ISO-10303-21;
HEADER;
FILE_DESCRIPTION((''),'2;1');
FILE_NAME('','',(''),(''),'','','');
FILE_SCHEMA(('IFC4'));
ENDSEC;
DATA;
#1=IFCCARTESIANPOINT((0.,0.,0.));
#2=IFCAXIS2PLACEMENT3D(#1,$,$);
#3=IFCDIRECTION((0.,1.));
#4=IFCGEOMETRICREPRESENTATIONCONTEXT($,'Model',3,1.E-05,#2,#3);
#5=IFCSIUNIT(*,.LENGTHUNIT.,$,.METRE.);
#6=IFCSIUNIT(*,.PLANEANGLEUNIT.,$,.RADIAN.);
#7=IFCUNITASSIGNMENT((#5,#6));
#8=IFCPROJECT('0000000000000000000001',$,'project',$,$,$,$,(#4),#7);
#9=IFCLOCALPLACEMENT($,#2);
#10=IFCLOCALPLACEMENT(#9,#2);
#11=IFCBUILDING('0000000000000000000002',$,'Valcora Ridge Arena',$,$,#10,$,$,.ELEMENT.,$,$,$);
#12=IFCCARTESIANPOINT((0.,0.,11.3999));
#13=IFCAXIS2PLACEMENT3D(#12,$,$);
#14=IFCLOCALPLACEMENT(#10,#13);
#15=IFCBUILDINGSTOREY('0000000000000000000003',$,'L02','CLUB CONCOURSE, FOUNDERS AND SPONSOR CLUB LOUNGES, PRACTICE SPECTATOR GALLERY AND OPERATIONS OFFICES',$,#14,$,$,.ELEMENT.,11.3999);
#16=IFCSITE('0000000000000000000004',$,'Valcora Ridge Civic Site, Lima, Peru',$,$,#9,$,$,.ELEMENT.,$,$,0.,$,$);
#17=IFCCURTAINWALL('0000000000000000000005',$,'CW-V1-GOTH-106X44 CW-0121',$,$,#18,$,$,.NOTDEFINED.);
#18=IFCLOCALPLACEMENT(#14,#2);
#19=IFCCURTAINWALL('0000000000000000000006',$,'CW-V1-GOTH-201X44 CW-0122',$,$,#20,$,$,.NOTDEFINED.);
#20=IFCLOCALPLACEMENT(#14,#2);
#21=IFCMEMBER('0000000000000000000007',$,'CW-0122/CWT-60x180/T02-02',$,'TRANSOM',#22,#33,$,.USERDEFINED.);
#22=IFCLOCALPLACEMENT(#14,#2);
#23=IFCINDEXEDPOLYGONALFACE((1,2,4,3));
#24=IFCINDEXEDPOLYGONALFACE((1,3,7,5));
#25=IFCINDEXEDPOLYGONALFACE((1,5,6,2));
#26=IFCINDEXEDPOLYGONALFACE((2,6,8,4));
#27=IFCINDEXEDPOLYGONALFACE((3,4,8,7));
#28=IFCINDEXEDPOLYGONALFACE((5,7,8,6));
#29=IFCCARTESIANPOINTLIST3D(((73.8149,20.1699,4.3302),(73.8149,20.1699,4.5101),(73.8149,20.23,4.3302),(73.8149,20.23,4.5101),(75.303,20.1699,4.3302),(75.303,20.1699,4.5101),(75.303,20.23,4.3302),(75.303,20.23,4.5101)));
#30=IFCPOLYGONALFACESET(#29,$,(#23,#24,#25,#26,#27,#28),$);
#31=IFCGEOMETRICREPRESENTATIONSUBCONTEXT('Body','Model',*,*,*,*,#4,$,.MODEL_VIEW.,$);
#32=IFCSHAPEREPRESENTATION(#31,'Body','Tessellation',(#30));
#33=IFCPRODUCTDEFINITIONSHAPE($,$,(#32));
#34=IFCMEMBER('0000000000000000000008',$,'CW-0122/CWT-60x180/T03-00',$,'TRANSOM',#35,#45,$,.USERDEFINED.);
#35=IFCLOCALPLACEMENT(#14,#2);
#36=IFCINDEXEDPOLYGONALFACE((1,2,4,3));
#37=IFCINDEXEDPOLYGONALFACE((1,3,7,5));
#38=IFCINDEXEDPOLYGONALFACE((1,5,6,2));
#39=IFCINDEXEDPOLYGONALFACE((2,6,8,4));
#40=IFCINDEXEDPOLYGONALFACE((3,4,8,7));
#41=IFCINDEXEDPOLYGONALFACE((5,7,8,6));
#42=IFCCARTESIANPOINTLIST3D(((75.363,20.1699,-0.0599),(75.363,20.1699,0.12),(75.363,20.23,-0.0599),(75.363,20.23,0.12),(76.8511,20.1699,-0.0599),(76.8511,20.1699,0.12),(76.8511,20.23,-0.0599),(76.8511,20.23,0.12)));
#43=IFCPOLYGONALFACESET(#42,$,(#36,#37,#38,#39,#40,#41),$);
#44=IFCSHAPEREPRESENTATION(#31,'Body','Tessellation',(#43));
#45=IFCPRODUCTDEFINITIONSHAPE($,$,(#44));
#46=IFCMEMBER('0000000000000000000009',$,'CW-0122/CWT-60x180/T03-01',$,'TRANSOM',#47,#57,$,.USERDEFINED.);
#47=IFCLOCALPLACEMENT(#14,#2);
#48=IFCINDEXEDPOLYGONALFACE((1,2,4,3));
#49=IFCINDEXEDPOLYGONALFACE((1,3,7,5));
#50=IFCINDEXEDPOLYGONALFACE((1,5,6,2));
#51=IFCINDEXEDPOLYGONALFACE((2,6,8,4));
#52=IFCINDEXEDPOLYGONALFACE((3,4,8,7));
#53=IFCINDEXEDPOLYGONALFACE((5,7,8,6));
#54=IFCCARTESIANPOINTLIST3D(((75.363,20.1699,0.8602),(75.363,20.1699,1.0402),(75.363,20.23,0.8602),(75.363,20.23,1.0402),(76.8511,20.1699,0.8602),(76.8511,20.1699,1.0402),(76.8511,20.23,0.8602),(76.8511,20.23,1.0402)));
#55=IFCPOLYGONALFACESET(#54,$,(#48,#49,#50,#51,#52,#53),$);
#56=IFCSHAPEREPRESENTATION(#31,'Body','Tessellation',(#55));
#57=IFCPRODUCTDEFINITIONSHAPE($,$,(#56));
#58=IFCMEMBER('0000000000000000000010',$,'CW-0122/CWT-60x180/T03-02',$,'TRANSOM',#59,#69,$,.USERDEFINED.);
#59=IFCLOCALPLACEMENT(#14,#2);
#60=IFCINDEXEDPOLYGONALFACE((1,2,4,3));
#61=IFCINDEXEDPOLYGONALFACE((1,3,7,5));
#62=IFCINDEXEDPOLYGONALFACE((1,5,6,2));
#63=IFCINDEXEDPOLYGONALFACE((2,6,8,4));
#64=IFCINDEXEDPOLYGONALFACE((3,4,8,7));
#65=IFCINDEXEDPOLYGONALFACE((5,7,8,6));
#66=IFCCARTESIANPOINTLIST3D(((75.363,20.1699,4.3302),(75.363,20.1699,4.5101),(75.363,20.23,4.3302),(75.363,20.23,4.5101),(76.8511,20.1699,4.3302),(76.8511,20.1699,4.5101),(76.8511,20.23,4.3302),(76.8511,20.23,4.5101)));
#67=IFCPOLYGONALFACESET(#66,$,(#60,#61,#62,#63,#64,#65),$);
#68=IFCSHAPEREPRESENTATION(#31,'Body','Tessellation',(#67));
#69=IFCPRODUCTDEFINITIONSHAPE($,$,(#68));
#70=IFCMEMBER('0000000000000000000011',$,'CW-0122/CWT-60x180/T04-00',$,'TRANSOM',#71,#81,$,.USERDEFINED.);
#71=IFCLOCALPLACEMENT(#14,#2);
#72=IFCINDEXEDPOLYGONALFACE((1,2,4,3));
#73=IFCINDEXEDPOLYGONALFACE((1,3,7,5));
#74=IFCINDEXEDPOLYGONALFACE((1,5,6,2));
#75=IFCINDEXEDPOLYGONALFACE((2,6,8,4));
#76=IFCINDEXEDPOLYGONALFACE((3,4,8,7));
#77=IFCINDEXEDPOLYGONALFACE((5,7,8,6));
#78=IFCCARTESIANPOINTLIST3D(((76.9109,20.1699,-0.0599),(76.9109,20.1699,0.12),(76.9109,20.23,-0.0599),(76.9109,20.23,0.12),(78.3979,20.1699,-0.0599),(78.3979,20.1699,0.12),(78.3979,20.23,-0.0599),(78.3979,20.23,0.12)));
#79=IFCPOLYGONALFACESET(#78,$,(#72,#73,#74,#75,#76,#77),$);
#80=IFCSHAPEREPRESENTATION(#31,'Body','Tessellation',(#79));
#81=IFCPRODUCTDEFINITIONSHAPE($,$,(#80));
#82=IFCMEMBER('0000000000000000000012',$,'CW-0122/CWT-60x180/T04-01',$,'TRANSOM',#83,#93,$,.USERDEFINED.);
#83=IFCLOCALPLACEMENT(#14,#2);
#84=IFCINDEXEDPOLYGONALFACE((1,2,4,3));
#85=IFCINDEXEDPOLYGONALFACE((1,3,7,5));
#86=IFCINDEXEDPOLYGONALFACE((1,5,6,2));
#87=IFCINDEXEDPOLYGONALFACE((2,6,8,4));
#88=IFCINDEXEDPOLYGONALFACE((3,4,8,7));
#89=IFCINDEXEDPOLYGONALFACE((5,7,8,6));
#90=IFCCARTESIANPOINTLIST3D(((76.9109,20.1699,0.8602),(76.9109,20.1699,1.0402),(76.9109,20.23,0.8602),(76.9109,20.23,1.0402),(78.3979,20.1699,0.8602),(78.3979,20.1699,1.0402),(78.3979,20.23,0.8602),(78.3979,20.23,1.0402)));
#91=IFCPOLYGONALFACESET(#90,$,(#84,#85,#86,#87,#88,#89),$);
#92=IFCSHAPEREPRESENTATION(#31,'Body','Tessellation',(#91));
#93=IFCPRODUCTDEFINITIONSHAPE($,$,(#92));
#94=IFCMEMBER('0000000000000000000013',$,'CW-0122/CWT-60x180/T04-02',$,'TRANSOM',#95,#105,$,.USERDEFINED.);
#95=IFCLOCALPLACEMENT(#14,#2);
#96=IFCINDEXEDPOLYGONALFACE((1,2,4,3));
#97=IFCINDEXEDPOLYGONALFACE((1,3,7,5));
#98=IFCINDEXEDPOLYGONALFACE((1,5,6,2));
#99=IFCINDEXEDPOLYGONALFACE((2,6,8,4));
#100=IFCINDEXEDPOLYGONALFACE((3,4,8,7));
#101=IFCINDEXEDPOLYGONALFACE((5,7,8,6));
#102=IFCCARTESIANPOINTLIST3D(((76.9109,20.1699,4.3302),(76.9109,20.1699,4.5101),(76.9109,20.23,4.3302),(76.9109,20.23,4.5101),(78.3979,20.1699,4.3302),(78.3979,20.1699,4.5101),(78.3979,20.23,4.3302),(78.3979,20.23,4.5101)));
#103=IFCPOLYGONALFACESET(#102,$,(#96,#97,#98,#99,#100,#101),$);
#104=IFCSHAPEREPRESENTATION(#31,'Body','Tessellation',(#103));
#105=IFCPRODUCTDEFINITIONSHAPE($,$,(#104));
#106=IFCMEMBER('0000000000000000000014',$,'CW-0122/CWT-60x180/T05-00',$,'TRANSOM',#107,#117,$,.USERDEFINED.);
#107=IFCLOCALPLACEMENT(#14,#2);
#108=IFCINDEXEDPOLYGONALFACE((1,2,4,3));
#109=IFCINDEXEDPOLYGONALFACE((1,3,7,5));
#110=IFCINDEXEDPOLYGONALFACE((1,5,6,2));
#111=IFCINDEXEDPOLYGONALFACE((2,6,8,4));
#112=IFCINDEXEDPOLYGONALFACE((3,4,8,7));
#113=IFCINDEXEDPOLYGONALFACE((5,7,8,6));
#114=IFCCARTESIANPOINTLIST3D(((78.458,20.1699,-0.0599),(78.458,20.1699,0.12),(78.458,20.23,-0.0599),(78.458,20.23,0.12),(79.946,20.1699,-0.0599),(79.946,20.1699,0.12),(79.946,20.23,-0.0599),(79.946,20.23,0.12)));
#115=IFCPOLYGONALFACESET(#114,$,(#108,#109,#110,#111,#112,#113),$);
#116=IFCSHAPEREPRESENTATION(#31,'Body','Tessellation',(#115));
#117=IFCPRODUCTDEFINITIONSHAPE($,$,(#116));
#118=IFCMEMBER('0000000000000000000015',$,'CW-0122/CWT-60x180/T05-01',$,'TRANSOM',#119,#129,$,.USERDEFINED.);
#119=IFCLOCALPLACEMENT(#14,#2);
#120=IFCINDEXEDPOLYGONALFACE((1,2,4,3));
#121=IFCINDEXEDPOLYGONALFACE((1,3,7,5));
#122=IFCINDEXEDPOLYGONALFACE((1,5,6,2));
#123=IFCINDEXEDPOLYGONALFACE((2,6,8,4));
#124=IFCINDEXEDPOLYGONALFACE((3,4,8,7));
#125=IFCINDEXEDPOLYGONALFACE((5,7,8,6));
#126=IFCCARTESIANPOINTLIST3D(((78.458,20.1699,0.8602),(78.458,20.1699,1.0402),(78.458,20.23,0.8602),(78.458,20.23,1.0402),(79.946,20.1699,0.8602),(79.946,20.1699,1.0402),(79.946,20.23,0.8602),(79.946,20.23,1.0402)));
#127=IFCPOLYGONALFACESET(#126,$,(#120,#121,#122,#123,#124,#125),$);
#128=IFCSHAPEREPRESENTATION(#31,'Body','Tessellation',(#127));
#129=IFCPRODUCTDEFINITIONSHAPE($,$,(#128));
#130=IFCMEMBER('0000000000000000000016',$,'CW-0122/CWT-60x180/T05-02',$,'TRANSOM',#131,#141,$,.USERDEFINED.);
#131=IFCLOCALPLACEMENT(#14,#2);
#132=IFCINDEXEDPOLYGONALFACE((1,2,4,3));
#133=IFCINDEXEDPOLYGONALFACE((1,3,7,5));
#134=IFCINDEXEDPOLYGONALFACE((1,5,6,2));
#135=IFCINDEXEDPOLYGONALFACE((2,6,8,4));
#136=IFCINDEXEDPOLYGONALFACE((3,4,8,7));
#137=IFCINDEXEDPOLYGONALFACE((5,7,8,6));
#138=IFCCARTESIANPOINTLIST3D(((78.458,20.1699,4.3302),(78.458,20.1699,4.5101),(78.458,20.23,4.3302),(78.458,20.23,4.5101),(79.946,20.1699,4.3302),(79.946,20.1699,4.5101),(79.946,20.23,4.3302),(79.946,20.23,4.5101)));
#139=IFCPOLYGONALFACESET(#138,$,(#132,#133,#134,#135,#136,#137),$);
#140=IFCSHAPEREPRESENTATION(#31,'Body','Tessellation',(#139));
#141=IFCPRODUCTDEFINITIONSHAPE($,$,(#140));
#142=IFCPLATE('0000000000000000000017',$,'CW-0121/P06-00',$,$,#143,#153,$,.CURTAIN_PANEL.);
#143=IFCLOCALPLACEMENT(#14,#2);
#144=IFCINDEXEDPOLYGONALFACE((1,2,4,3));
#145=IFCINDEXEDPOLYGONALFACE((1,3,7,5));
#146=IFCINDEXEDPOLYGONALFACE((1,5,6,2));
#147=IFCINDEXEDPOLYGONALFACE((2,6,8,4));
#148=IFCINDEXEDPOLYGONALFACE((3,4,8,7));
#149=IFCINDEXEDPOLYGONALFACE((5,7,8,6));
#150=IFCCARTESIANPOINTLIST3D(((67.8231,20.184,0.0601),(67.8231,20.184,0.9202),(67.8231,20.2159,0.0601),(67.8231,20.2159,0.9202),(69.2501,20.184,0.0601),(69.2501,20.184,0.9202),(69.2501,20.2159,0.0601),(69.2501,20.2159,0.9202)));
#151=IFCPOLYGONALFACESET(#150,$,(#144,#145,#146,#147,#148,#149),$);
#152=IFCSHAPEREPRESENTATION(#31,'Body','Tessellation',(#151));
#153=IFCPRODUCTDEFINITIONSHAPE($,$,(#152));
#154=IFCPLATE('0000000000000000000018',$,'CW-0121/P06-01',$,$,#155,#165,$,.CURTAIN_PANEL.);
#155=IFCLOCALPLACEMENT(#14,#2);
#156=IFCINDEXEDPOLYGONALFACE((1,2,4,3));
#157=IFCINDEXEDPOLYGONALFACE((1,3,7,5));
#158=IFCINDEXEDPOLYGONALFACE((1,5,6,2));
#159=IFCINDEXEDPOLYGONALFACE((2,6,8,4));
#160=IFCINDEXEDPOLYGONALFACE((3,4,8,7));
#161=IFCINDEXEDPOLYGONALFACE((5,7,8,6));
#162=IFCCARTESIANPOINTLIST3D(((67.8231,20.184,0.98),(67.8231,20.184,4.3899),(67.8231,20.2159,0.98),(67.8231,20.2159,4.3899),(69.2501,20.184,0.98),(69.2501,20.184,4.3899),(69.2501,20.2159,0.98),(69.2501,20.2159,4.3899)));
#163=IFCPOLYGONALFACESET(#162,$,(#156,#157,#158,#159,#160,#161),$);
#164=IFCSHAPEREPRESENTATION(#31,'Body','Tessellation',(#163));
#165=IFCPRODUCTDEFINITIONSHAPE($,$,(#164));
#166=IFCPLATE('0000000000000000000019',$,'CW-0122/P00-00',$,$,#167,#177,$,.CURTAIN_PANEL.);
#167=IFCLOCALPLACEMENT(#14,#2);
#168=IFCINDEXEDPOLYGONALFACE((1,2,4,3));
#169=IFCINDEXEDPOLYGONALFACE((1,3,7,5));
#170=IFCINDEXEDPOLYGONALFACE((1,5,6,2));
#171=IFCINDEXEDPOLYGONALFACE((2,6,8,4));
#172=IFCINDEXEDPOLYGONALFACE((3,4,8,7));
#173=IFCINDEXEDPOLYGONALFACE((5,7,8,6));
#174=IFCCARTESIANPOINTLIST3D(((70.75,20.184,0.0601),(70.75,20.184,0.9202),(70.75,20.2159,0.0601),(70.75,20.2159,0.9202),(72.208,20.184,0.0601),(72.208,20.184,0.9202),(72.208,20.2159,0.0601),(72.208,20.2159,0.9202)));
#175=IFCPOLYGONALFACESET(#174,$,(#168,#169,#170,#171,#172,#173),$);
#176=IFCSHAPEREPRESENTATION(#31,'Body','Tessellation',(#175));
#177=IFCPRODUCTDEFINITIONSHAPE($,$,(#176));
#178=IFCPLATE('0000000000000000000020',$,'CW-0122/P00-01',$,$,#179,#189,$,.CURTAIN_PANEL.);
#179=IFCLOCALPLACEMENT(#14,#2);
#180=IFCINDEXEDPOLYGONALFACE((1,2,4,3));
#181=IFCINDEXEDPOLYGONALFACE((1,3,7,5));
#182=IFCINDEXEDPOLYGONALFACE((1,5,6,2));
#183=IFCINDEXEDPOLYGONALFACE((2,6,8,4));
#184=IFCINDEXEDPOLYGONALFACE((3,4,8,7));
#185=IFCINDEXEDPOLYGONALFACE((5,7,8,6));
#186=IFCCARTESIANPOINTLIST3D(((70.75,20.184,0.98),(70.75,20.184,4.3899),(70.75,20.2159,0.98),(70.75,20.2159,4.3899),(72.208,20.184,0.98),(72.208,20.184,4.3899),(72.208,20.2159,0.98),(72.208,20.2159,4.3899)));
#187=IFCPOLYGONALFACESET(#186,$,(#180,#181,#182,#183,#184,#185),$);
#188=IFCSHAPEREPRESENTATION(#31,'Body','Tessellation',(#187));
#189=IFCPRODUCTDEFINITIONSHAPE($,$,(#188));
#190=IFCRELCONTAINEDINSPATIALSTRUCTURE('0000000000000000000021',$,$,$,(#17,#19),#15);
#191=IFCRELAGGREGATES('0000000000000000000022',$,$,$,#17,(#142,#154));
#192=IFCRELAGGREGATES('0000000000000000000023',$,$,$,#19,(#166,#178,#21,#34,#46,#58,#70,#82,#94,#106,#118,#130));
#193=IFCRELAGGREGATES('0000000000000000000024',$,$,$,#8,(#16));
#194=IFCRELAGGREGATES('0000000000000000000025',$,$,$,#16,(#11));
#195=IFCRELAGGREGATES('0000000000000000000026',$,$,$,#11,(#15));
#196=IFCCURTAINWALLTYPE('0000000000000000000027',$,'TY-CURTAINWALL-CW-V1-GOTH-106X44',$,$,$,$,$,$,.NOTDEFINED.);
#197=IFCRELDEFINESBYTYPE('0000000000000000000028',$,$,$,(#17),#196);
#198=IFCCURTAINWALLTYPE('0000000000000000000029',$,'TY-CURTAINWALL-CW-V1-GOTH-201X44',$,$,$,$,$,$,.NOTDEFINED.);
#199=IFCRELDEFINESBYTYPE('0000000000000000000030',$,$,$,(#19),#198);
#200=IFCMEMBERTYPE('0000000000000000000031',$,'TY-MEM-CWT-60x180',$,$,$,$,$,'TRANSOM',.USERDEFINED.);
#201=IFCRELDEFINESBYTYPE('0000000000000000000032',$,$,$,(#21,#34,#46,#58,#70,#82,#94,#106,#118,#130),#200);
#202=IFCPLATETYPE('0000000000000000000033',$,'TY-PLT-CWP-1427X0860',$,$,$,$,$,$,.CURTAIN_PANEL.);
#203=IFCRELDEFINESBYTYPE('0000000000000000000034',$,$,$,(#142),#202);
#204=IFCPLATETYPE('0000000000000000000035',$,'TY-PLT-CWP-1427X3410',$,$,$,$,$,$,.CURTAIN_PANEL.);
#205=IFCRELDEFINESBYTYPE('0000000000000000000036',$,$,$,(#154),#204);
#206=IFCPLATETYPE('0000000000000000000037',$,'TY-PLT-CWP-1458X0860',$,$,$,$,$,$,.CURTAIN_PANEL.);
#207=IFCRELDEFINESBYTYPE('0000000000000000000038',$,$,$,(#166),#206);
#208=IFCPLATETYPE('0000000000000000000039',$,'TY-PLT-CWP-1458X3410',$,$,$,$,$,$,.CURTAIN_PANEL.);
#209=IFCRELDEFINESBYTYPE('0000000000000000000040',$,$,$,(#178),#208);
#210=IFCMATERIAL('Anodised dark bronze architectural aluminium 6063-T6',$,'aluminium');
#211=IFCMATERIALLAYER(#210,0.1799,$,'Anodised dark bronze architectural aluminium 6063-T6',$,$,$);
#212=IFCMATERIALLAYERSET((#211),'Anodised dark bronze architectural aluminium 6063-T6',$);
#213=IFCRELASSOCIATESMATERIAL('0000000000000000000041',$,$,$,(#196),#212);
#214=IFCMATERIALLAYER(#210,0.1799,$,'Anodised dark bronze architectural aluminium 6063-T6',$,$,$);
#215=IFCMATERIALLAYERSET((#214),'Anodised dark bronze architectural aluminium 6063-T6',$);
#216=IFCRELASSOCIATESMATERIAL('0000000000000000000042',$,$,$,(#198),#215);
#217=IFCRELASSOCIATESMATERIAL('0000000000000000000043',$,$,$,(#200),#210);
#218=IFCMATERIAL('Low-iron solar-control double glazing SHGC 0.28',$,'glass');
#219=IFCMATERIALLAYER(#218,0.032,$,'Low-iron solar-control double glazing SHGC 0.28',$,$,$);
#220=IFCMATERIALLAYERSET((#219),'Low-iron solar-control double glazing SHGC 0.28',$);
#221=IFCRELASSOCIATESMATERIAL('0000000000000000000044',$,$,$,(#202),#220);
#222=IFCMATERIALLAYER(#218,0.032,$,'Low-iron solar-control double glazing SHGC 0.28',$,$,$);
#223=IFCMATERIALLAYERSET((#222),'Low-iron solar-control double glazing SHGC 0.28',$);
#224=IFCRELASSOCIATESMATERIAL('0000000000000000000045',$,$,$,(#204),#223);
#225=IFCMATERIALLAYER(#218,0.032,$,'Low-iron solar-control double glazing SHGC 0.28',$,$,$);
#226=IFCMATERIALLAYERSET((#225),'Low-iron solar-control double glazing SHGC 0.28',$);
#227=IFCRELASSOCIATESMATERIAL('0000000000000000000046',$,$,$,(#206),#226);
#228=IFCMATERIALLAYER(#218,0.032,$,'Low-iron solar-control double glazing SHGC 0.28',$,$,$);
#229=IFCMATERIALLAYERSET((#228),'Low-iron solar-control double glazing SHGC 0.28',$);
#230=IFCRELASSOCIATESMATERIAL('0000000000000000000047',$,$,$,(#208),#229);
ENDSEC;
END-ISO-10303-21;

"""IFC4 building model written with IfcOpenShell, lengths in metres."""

from ifc_helpers import new_model, si_unit, direction, frame, origin, origin_2d, place, context, subcontext, project, spatial, rectangle, extrude, material, layer, layer_set, material_profile, profile_set, type_object, element, aggregate, save


model = new_model("IFC4")

# Units and contexts
model_context = context("Model", 3, precision=1e-05, world=origin(), true_north=direction((0.0, 1.0)))
body_context = subcontext(model_context, "Body", "Model", "MODEL_VIEW")
ifc_project = project(units=[si_unit("LENGTHUNIT", "METRE"), si_unit("PLANEANGLEUNIT", "RADIAN")], contexts=[model_context])

# Site, building, storey
site_placement = place(None, origin())
site = spatial("IfcSite", under=ifc_project, at=site_placement, Name="Valcora Ridge Civic Site, Lima, Peru", CompositionType="ELEMENT", RefElevation=0.0)
building_placement = place(site_placement, origin())
building = spatial("IfcBuilding", under=site, at=building_placement, Name="Valcora Ridge Arena", CompositionType="ELEMENT")
storey_placement = place(building_placement, frame((0.0, 0.0, 11.3999)))
storey = spatial("IfcBuildingStorey", under=building, at=storey_placement, Name="L02", Description="CLUB CONCOURSE, FOUNDERS AND SPONSOR CLUB LOUNGES, PRACTICE SPECTATOR GALLERY AND OPERATIONS OFFICES", CompositionType="ELEMENT", Elevation=11.3999)

# Curtain wall
ifc_material_1 = material(Name="Anodised dark bronze architectural aluminium 6063-T6", Category="aluminium")
ifc_layer_1 = layer(ifc_material_1, 0.1799, Name="Anodised dark bronze architectural aluminium 6063-T6")
ifc_layer_set_1 = layer_set([ifc_layer_1], Name="Anodised dark bronze architectural aluminium 6063-T6")
curtain_wall_type_1 = type_object("IfcCurtainWallType", Name="TY-CURTAINWALL-CW-V1-GOTH-106X44", PredefinedType="NOTDEFINED", material=ifc_layer_set_1)
curtain_wall_1_placement = place(storey_placement, origin())
curtain_wall_1 = element("IfcCurtainWall", 1, at=curtain_wall_1_placement, inside=storey, type_object=curtain_wall_type_1, Name="CW-V1-GOTH-106X44 CW-0121", PredefinedType="NOTDEFINED")

# Curtain wall, members
ifc_layer_2 = layer(ifc_material_1, 0.1799, Name="Anodised dark bronze architectural aluminium 6063-T6")
ifc_layer_set_2 = layer_set([ifc_layer_2], Name="Anodised dark bronze architectural aluminium 6063-T6")
curtain_wall_type_2 = type_object("IfcCurtainWallType", Name="TY-CURTAINWALL-CW-V1-GOTH-201X44", PredefinedType="NOTDEFINED", material=ifc_layer_set_2)
curtain_wall_2_placement = place(storey_placement, origin())
curtain_wall_2 = element("IfcCurtainWall", 2, at=curtain_wall_2_placement, inside=storey, type_object=curtain_wall_type_2, Name="CW-V1-GOTH-201X44 CW-0122", PredefinedType="NOTDEFINED")
ifc_material_profile_1 = material_profile(ifc_material_1, rectangle(XDim=0.0601, YDim=0.1799, at=origin_2d()), Name="ALU TRANSOM 60x180")
ifc_profile_set_1 = profile_set([ifc_material_profile_1], Name="Anodised dark bronze architectural aluminium 6063-T6")
member_type_1 = type_object("IfcMemberType", Name="TY-MEM-CWT-60x180", ElementType="TRANSOM", PredefinedType="USERDEFINED", material=ifc_profile_set_1)
member_1_placement = place(storey_placement, frame((73.8149, 20.2, 4.4202), z_axis=(1.0, 0.0, 0.0), x_axis=(0.0, 1.0, 0.0)))
member_1 = element("IfcMember", 3, at=member_1_placement, type_object=member_type_1, Name="CW-0122/CWT-60x180/T02-02", ObjectType="TRANSOM", PredefinedType="USERDEFINED", context=body_context, shape_type="SweptSolid", body=[
    extrude(rectangle(XDim=0.0601, YDim=0.1799, at=origin_2d()), origin(), (0.0, 0.0, 1.0), 1.488),
])
member_2_placement = place(storey_placement, frame((75.363, 20.2, 0.03), z_axis=(1.0, 0.0, 0.0), x_axis=(0.0, 1.0, 0.0)))
member_2 = element("IfcMember", 4, at=member_2_placement, type_object=member_type_1, Name="CW-0122/CWT-60x180/T03-00", ObjectType="TRANSOM", PredefinedType="USERDEFINED", context=body_context, shape_type="SweptSolid", body=[
    extrude(rectangle(XDim=0.0601, YDim=0.1799, at=origin_2d()), origin(), (0.0, 0.0, 1.0), 1.488),
])
member_3_placement = place(storey_placement, frame((75.363, 20.2, 0.9502), z_axis=(1.0, 0.0, 0.0), x_axis=(0.0, 1.0, 0.0)))
member_3 = element("IfcMember", 5, at=member_3_placement, type_object=member_type_1, Name="CW-0122/CWT-60x180/T03-01", ObjectType="TRANSOM", PredefinedType="USERDEFINED", context=body_context, shape_type="SweptSolid", body=[
    extrude(rectangle(XDim=0.0601, YDim=0.1799, at=origin_2d()), origin(), (0.0, 0.0, 1.0), 1.488),
])
member_4_placement = place(storey_placement, frame((75.363, 20.2, 4.4202), z_axis=(1.0, 0.0, 0.0), x_axis=(0.0, 1.0, 0.0)))
member_4 = element("IfcMember", 6, at=member_4_placement, type_object=member_type_1, Name="CW-0122/CWT-60x180/T03-02", ObjectType="TRANSOM", PredefinedType="USERDEFINED", context=body_context, shape_type="SweptSolid", body=[
    extrude(rectangle(XDim=0.0601, YDim=0.1799, at=origin_2d()), origin(), (0.0, 0.0, 1.0), 1.488),
])
member_5_placement = place(storey_placement, frame((76.9109, 20.2, 0.03), z_axis=(1.0, 0.0, 0.0), x_axis=(0.0, 1.0, 0.0)))
member_5 = element("IfcMember", 7, at=member_5_placement, type_object=member_type_1, Name="CW-0122/CWT-60x180/T04-00", ObjectType="TRANSOM", PredefinedType="USERDEFINED", context=body_context, shape_type="SweptSolid", body=[
    extrude(rectangle(XDim=0.0601, YDim=0.1799, at=origin_2d()), origin(), (0.0, 0.0, 1.0), 1.4871),
])
member_6_placement = place(storey_placement, frame((76.9109, 20.2, 0.9502), z_axis=(1.0, 0.0, 0.0), x_axis=(0.0, 1.0, 0.0)))
member_6 = element("IfcMember", 8, at=member_6_placement, type_object=member_type_1, Name="CW-0122/CWT-60x180/T04-01", ObjectType="TRANSOM", PredefinedType="USERDEFINED", context=body_context, shape_type="SweptSolid", body=[
    extrude(rectangle(XDim=0.0601, YDim=0.1799, at=origin_2d()), origin(), (0.0, 0.0, 1.0), 1.4871),
])
member_7_placement = place(storey_placement, frame((76.9109, 20.2, 4.4202), z_axis=(1.0, 0.0, 0.0), x_axis=(0.0, 1.0, 0.0)))
member_7 = element("IfcMember", 9, at=member_7_placement, type_object=member_type_1, Name="CW-0122/CWT-60x180/T04-02", ObjectType="TRANSOM", PredefinedType="USERDEFINED", context=body_context, shape_type="SweptSolid", body=[
    extrude(rectangle(XDim=0.0601, YDim=0.1799, at=origin_2d()), origin(), (0.0, 0.0, 1.0), 1.4871),
])
member_8_placement = place(storey_placement, frame((78.458, 20.2, 0.03), z_axis=(1.0, 0.0, 0.0), x_axis=(0.0, 1.0, 0.0)))
member_8 = element("IfcMember", 10, at=member_8_placement, type_object=member_type_1, Name="CW-0122/CWT-60x180/T05-00", ObjectType="TRANSOM", PredefinedType="USERDEFINED", context=body_context, shape_type="SweptSolid", body=[
    extrude(rectangle(XDim=0.0601, YDim=0.1799, at=origin_2d()), origin(), (0.0, 0.0, 1.0), 1.488),
])
member_9_placement = place(storey_placement, frame((78.458, 20.2, 0.9502), z_axis=(1.0, 0.0, 0.0), x_axis=(0.0, 1.0, 0.0)))
member_9 = element("IfcMember", 11, at=member_9_placement, type_object=member_type_1, Name="CW-0122/CWT-60x180/T05-01", ObjectType="TRANSOM", PredefinedType="USERDEFINED", context=body_context, shape_type="SweptSolid", body=[
    extrude(rectangle(XDim=0.0601, YDim=0.1799, at=origin_2d()), origin(), (0.0, 0.0, 1.0), 1.488),
])
member_10_placement = place(storey_placement, frame((78.458, 20.2, 4.4202), z_axis=(1.0, 0.0, 0.0), x_axis=(0.0, 1.0, 0.0)))
member_10 = element("IfcMember", 12, at=member_10_placement, type_object=member_type_1, Name="CW-0122/CWT-60x180/T05-02", ObjectType="TRANSOM", PredefinedType="USERDEFINED", context=body_context, shape_type="SweptSolid", body=[
    extrude(rectangle(XDim=0.0601, YDim=0.1799, at=origin_2d()), origin(), (0.0, 0.0, 1.0), 1.488),
])

# Plates
ifc_material_2 = material(Name="Low-iron solar-control double glazing SHGC 0.28", Category="glass")
ifc_layer_3 = layer(ifc_material_2, 0.032, Name="Low-iron solar-control double glazing SHGC 0.28")
ifc_layer_set_3 = layer_set([ifc_layer_3], Name="Low-iron solar-control double glazing SHGC 0.28")
plate_type_1 = type_object("IfcPlateType", Name="TY-PLT-CWP-1427X0860", PredefinedType="CURTAIN_PANEL", material=ifc_layer_set_3)
plate_1_placement = place(storey_placement, frame((68.5366, 20.2, 0.0601), z_axis=(0.0, 0.0, 1.0), x_axis=(1.0, 0.0, 0.0)))
plate_1 = element("IfcPlate", 13, at=plate_1_placement, type_object=plate_type_1, Name="CW-0121/P06-00", PredefinedType="CURTAIN_PANEL", context=body_context, shape_type="SweptSolid", body=[
    extrude(rectangle(XDim=1.427, YDim=0.032, at=origin_2d()), origin(), (0.0, 0.0, 1.0), 0.8601),
])
ifc_layer_4 = layer(ifc_material_2, 0.032, Name="Low-iron solar-control double glazing SHGC 0.28")
ifc_layer_set_4 = layer_set([ifc_layer_4], Name="Low-iron solar-control double glazing SHGC 0.28")
plate_type_2 = type_object("IfcPlateType", Name="TY-PLT-CWP-1427X3410", PredefinedType="CURTAIN_PANEL", material=ifc_layer_set_4)
plate_2_placement = place(storey_placement, frame((68.5366, 20.2, 0.98), z_axis=(0.0, 0.0, 1.0), x_axis=(1.0, 0.0, 0.0)))
plate_2 = element("IfcPlate", 14, at=plate_2_placement, type_object=plate_type_2, Name="CW-0121/P06-01", PredefinedType="CURTAIN_PANEL", context=body_context, shape_type="SweptSolid", body=[
    extrude(rectangle(XDim=1.427, YDim=0.032, at=origin_2d()), origin(), (0.0, 0.0, 1.0), 3.4099),
])
aggregate(curtain_wall_1, [plate_1, plate_2])
ifc_layer_5 = layer(ifc_material_2, 0.032, Name="Low-iron solar-control double glazing SHGC 0.28")
ifc_layer_set_5 = layer_set([ifc_layer_5], Name="Low-iron solar-control double glazing SHGC 0.28")
plate_type_3 = type_object("IfcPlateType", Name="TY-PLT-CWP-1458X0860", PredefinedType="CURTAIN_PANEL", material=ifc_layer_set_5)
plate_3_placement = place(storey_placement, frame((71.479, 20.2, 0.0601), z_axis=(0.0, 0.0, 1.0), x_axis=(1.0, 0.0, 0.0)))
plate_3 = element("IfcPlate", 15, at=plate_3_placement, type_object=plate_type_3, Name="CW-0122/P00-00", PredefinedType="CURTAIN_PANEL", context=body_context, shape_type="SweptSolid", body=[
    extrude(rectangle(XDim=1.458, YDim=0.032, at=origin_2d()), origin(), (0.0, 0.0, 1.0), 0.8601),
])
ifc_layer_6 = layer(ifc_material_2, 0.032, Name="Low-iron solar-control double glazing SHGC 0.28")
ifc_layer_set_6 = layer_set([ifc_layer_6], Name="Low-iron solar-control double glazing SHGC 0.28")
plate_type_4 = type_object("IfcPlateType", Name="TY-PLT-CWP-1458X3410", PredefinedType="CURTAIN_PANEL", material=ifc_layer_set_6)
plate_4_placement = place(storey_placement, frame((71.479, 20.2, 0.98), z_axis=(0.0, 0.0, 1.0), x_axis=(1.0, 0.0, 0.0)))
plate_4 = element("IfcPlate", 16, at=plate_4_placement, type_object=plate_type_4, Name="CW-0122/P00-01", PredefinedType="CURTAIN_PANEL", context=body_context, shape_type="SweptSolid", body=[
    extrude(rectangle(XDim=1.458, YDim=0.032, at=origin_2d()), origin(), (0.0, 0.0, 1.0), 3.4099),
])
aggregate(curtain_wall_2, [plate_3, plate_4, member_1, member_2, member_3, member_4, member_5, member_6, member_7, member_8, member_9, member_10])

save(model, "model.ifc")
